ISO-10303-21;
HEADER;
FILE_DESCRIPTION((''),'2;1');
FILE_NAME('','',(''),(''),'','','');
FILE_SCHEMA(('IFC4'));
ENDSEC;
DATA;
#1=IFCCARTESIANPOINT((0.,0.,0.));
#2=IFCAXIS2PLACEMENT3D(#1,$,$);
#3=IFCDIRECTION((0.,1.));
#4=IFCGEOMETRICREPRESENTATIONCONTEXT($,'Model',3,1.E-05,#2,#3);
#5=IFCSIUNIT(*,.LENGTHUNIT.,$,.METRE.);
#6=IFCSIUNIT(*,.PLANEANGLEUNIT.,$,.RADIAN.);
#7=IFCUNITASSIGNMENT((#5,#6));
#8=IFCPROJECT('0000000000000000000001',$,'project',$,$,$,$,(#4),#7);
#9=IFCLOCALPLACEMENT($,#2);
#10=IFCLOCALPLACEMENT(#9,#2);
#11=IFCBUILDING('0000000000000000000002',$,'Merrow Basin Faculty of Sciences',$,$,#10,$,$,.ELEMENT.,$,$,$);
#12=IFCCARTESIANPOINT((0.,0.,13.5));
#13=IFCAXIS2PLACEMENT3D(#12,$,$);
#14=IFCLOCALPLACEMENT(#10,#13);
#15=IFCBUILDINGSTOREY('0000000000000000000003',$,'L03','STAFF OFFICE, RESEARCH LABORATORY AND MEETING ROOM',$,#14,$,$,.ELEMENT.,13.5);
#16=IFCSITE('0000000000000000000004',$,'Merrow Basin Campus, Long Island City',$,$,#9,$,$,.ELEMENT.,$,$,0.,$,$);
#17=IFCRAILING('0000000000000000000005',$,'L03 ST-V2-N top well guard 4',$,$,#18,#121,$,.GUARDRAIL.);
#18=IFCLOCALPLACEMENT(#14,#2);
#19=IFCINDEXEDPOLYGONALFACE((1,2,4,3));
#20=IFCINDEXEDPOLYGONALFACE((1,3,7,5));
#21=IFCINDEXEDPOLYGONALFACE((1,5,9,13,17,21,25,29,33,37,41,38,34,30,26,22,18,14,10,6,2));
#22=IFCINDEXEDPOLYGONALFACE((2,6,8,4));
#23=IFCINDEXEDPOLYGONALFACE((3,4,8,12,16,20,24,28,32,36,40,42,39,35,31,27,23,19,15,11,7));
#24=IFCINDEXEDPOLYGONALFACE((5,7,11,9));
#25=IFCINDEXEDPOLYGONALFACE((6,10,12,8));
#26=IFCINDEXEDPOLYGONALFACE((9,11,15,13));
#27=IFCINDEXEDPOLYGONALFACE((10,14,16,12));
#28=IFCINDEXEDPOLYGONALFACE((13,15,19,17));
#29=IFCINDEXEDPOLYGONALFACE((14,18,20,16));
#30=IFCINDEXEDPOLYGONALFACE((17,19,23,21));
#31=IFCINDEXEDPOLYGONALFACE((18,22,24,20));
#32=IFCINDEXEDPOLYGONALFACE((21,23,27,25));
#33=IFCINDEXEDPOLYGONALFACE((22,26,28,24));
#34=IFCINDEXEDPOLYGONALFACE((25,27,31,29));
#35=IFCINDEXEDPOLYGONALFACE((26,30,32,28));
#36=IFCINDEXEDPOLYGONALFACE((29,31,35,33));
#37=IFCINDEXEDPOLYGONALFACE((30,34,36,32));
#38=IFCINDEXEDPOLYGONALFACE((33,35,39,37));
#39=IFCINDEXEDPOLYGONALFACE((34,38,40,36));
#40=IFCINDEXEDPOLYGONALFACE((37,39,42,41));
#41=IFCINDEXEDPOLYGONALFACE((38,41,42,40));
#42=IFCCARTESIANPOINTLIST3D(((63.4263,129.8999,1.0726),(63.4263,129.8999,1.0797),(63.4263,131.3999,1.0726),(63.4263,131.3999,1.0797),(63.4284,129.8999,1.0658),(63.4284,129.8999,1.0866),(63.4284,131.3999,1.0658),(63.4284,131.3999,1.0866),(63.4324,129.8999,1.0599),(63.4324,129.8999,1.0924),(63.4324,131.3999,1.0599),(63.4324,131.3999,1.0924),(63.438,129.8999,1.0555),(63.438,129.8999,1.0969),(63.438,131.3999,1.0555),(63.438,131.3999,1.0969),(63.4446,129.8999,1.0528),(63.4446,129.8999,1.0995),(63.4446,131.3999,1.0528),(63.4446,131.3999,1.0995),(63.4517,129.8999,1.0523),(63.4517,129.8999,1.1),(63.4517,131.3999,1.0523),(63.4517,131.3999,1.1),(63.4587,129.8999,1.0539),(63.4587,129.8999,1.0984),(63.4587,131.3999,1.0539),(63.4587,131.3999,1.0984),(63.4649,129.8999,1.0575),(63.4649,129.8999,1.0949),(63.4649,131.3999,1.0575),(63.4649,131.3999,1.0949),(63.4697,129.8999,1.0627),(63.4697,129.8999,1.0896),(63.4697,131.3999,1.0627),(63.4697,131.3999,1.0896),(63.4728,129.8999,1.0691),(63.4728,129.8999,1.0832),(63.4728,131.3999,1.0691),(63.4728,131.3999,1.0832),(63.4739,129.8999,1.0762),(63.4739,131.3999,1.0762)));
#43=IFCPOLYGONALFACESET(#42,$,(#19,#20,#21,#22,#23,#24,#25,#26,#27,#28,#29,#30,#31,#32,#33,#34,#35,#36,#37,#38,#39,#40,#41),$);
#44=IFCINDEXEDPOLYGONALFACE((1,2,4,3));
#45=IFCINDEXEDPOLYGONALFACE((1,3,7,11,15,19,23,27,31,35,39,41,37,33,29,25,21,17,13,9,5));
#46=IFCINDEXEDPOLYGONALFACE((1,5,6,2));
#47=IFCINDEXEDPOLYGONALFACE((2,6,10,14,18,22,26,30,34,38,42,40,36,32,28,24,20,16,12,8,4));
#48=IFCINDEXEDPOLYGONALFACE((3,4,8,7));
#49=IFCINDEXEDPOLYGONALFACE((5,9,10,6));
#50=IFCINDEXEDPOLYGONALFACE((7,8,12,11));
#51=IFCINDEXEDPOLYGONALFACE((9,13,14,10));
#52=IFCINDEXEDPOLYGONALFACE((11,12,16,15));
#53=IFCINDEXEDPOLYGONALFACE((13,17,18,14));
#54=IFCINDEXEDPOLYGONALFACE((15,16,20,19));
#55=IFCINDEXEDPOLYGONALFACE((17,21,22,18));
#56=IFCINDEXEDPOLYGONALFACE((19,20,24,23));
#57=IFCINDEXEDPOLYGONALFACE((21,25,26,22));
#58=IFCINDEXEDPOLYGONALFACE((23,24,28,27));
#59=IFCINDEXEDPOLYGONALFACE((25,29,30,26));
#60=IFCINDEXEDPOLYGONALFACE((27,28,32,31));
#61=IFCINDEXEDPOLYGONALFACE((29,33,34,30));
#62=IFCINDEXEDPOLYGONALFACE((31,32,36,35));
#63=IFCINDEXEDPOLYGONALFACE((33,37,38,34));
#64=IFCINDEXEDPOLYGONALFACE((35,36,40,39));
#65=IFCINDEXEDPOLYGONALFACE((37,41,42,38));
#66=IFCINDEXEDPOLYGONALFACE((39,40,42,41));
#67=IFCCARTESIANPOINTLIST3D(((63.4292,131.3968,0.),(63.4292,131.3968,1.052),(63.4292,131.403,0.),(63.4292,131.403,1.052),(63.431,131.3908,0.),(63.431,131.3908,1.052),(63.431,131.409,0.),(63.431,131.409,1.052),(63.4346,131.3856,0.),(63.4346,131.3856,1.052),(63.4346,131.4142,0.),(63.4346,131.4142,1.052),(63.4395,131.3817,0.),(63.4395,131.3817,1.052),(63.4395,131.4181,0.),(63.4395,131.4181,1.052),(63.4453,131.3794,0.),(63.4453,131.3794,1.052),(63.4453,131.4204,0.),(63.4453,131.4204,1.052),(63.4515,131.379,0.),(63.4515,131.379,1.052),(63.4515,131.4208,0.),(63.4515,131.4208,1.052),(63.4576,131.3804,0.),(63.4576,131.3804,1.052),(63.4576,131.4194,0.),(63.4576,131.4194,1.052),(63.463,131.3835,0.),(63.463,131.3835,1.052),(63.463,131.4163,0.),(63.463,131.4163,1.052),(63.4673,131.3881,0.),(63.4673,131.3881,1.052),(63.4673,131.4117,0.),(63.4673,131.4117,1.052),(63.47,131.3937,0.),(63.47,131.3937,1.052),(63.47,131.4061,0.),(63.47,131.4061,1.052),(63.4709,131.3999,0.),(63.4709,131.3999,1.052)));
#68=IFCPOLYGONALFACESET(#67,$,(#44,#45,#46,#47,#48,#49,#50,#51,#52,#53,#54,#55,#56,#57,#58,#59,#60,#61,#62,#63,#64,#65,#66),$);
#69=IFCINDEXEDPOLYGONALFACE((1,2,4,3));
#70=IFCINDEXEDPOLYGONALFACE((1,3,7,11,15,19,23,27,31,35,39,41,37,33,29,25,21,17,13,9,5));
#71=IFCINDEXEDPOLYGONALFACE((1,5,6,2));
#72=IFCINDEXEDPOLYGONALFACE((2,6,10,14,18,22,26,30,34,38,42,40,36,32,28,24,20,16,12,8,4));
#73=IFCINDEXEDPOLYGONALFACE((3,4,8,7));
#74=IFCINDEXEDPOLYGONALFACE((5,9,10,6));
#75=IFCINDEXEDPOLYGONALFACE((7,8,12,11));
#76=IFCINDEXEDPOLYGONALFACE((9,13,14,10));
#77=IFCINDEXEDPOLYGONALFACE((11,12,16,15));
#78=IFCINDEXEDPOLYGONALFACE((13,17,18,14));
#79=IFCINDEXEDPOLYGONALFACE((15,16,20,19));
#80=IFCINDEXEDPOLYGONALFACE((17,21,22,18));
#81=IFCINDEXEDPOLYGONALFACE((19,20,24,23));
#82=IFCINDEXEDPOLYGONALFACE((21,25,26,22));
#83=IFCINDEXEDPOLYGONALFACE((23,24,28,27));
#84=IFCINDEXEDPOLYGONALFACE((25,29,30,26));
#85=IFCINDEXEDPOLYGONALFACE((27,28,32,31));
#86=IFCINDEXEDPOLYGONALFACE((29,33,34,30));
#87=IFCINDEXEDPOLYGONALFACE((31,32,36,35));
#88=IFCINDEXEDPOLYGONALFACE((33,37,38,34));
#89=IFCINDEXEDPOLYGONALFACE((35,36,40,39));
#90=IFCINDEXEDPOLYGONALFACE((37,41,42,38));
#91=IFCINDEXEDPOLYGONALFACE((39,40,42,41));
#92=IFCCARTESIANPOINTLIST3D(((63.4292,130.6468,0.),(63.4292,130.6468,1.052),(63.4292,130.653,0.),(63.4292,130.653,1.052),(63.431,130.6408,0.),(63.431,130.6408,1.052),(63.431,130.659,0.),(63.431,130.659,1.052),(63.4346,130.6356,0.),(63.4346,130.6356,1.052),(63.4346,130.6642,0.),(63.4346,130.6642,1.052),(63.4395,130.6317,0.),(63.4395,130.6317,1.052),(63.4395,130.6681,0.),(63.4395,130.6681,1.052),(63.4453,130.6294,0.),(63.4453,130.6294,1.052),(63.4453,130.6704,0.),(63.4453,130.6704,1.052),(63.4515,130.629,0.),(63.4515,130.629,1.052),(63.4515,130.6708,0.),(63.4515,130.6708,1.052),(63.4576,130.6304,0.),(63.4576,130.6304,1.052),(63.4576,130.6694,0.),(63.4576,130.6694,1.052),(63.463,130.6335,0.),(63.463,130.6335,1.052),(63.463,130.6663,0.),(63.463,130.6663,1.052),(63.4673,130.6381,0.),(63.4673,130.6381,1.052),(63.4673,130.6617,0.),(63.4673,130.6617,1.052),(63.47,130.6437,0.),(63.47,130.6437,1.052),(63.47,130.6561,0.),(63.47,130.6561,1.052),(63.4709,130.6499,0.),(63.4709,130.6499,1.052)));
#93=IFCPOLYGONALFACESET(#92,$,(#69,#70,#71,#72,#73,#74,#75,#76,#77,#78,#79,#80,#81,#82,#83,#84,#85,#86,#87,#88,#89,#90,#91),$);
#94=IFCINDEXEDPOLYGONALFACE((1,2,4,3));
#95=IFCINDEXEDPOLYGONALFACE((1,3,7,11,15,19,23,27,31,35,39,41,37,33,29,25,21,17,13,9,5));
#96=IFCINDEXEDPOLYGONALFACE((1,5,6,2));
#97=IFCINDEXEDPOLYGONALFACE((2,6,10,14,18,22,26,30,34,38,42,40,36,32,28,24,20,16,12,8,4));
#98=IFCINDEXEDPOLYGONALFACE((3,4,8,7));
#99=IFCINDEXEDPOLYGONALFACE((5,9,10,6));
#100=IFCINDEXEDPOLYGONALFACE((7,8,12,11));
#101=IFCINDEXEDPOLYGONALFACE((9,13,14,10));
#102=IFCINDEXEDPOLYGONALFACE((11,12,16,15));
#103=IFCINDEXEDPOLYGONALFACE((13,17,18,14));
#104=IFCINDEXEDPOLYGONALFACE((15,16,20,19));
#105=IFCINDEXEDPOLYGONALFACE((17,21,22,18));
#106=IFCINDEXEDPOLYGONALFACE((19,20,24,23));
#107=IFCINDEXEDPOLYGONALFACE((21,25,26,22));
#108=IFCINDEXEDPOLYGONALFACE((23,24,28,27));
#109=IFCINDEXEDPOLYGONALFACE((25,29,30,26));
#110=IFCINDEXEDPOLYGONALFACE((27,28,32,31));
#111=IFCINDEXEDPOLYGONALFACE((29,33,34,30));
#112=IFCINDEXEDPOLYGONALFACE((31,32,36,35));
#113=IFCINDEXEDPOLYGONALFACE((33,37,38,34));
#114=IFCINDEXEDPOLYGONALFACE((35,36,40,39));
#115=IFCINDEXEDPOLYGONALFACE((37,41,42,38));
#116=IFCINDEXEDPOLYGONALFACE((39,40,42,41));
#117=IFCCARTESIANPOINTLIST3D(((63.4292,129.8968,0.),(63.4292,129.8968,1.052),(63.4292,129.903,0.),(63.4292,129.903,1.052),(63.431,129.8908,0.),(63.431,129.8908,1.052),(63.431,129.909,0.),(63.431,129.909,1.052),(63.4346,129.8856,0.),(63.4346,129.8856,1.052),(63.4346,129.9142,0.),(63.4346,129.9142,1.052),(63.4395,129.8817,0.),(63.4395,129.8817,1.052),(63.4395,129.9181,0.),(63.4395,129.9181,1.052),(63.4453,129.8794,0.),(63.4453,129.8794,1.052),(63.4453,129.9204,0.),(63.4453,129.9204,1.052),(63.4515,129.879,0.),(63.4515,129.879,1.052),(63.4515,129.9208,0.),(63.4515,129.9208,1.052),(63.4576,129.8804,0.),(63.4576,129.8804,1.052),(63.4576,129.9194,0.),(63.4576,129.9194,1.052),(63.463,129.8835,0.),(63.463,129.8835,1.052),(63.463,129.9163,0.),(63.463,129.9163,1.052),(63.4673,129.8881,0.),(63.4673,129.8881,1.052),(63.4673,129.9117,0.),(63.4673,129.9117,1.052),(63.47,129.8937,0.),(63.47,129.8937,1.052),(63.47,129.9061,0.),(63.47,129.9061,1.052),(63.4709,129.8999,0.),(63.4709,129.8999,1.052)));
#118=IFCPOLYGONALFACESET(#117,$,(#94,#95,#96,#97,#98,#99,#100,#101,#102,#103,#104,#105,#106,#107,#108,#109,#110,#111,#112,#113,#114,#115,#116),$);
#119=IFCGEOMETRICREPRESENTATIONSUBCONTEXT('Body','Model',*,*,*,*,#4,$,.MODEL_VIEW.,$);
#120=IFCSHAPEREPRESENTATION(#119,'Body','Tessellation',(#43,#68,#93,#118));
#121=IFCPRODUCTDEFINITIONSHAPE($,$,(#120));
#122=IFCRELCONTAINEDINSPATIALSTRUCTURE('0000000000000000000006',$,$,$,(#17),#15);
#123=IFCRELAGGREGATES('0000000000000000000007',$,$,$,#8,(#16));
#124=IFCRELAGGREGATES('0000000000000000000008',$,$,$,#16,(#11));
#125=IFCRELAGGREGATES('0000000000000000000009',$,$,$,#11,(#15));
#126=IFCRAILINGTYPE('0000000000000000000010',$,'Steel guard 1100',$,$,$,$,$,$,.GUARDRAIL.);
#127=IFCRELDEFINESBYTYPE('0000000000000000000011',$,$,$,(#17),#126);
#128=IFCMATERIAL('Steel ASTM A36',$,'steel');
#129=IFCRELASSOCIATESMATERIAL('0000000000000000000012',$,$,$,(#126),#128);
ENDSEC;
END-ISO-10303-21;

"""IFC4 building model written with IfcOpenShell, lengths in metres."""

from ifc_helpers import new_model, si_unit, direction, frame, origin, origin_2d, place, context, subcontext, project, spatial, circle, extrude, material, type_object, element, save


model = new_model("IFC4")

# Units and contexts
model_context = context("Model", 3, precision=1e-05, world=origin(), true_north=direction((0.0, 1.0)))
body_context = subcontext(model_context, "Body", "Model", "MODEL_VIEW")
ifc_project = project(units=[si_unit("LENGTHUNIT", "METRE"), si_unit("PLANEANGLEUNIT", "RADIAN")], contexts=[model_context])

# Site, building, storey
site_placement = place(None, origin())
site = spatial("IfcSite", under=ifc_project, at=site_placement, Name="Merrow Basin Campus, Long Island City", CompositionType="ELEMENT", RefElevation=0.0)
building_placement = place(site_placement, origin())
building = spatial("IfcBuilding", under=site, at=building_placement, Name="Merrow Basin Faculty of Sciences", CompositionType="ELEMENT")
storey_placement = place(building_placement, frame((0.0, 0.0, 13.5)))
storey = spatial("IfcBuildingStorey", under=building, at=storey_placement, Name="L03", Description="STAFF OFFICE, RESEARCH LABORATORY AND MEETING ROOM", CompositionType="ELEMENT", Elevation=13.5)

# Railing
ifc_material_1 = material(Name="Steel ASTM A36", Category="steel")
railing_type_1 = type_object("IfcRailingType", Name="Steel guard 1100", PredefinedType="GUARDRAIL", material=ifc_material_1)
railing_1_placement = place(storey_placement, frame((63.45, 131.3999, 0.0)))
element("IfcRailing", 1, at=railing_1_placement, inside=storey, type_object=railing_type_1, Name="L03 ST-V2-N top well guard 4", PredefinedType="GUARDRAIL", context=body_context, shape_type="SweptSolid", body=[
    extrude(circle(Radius=0.0239, at=origin_2d()), frame((0.0, 0.0, 1.0762), z_axis=(0.0, -1.0, 0.0), x_axis=(1.0, 0.0, 0.0)), (0.0, 0.0, 1.0), 1.5),
    extrude(circle(Radius=0.021, at=origin_2d()), origin(), (0.0, 0.0, 1.0), 1.052),
    extrude(circle(Radius=0.021, at=origin_2d()), frame((0.0, -0.75, 0.0)), (0.0, 0.0, 1.0), 1.052),
    extrude(circle(Radius=0.021, at=origin_2d()), frame((0.0, -1.5, 0.0)), (0.0, 0.0, 1.0), 1.052),
])

save(model, "model.ifc")
